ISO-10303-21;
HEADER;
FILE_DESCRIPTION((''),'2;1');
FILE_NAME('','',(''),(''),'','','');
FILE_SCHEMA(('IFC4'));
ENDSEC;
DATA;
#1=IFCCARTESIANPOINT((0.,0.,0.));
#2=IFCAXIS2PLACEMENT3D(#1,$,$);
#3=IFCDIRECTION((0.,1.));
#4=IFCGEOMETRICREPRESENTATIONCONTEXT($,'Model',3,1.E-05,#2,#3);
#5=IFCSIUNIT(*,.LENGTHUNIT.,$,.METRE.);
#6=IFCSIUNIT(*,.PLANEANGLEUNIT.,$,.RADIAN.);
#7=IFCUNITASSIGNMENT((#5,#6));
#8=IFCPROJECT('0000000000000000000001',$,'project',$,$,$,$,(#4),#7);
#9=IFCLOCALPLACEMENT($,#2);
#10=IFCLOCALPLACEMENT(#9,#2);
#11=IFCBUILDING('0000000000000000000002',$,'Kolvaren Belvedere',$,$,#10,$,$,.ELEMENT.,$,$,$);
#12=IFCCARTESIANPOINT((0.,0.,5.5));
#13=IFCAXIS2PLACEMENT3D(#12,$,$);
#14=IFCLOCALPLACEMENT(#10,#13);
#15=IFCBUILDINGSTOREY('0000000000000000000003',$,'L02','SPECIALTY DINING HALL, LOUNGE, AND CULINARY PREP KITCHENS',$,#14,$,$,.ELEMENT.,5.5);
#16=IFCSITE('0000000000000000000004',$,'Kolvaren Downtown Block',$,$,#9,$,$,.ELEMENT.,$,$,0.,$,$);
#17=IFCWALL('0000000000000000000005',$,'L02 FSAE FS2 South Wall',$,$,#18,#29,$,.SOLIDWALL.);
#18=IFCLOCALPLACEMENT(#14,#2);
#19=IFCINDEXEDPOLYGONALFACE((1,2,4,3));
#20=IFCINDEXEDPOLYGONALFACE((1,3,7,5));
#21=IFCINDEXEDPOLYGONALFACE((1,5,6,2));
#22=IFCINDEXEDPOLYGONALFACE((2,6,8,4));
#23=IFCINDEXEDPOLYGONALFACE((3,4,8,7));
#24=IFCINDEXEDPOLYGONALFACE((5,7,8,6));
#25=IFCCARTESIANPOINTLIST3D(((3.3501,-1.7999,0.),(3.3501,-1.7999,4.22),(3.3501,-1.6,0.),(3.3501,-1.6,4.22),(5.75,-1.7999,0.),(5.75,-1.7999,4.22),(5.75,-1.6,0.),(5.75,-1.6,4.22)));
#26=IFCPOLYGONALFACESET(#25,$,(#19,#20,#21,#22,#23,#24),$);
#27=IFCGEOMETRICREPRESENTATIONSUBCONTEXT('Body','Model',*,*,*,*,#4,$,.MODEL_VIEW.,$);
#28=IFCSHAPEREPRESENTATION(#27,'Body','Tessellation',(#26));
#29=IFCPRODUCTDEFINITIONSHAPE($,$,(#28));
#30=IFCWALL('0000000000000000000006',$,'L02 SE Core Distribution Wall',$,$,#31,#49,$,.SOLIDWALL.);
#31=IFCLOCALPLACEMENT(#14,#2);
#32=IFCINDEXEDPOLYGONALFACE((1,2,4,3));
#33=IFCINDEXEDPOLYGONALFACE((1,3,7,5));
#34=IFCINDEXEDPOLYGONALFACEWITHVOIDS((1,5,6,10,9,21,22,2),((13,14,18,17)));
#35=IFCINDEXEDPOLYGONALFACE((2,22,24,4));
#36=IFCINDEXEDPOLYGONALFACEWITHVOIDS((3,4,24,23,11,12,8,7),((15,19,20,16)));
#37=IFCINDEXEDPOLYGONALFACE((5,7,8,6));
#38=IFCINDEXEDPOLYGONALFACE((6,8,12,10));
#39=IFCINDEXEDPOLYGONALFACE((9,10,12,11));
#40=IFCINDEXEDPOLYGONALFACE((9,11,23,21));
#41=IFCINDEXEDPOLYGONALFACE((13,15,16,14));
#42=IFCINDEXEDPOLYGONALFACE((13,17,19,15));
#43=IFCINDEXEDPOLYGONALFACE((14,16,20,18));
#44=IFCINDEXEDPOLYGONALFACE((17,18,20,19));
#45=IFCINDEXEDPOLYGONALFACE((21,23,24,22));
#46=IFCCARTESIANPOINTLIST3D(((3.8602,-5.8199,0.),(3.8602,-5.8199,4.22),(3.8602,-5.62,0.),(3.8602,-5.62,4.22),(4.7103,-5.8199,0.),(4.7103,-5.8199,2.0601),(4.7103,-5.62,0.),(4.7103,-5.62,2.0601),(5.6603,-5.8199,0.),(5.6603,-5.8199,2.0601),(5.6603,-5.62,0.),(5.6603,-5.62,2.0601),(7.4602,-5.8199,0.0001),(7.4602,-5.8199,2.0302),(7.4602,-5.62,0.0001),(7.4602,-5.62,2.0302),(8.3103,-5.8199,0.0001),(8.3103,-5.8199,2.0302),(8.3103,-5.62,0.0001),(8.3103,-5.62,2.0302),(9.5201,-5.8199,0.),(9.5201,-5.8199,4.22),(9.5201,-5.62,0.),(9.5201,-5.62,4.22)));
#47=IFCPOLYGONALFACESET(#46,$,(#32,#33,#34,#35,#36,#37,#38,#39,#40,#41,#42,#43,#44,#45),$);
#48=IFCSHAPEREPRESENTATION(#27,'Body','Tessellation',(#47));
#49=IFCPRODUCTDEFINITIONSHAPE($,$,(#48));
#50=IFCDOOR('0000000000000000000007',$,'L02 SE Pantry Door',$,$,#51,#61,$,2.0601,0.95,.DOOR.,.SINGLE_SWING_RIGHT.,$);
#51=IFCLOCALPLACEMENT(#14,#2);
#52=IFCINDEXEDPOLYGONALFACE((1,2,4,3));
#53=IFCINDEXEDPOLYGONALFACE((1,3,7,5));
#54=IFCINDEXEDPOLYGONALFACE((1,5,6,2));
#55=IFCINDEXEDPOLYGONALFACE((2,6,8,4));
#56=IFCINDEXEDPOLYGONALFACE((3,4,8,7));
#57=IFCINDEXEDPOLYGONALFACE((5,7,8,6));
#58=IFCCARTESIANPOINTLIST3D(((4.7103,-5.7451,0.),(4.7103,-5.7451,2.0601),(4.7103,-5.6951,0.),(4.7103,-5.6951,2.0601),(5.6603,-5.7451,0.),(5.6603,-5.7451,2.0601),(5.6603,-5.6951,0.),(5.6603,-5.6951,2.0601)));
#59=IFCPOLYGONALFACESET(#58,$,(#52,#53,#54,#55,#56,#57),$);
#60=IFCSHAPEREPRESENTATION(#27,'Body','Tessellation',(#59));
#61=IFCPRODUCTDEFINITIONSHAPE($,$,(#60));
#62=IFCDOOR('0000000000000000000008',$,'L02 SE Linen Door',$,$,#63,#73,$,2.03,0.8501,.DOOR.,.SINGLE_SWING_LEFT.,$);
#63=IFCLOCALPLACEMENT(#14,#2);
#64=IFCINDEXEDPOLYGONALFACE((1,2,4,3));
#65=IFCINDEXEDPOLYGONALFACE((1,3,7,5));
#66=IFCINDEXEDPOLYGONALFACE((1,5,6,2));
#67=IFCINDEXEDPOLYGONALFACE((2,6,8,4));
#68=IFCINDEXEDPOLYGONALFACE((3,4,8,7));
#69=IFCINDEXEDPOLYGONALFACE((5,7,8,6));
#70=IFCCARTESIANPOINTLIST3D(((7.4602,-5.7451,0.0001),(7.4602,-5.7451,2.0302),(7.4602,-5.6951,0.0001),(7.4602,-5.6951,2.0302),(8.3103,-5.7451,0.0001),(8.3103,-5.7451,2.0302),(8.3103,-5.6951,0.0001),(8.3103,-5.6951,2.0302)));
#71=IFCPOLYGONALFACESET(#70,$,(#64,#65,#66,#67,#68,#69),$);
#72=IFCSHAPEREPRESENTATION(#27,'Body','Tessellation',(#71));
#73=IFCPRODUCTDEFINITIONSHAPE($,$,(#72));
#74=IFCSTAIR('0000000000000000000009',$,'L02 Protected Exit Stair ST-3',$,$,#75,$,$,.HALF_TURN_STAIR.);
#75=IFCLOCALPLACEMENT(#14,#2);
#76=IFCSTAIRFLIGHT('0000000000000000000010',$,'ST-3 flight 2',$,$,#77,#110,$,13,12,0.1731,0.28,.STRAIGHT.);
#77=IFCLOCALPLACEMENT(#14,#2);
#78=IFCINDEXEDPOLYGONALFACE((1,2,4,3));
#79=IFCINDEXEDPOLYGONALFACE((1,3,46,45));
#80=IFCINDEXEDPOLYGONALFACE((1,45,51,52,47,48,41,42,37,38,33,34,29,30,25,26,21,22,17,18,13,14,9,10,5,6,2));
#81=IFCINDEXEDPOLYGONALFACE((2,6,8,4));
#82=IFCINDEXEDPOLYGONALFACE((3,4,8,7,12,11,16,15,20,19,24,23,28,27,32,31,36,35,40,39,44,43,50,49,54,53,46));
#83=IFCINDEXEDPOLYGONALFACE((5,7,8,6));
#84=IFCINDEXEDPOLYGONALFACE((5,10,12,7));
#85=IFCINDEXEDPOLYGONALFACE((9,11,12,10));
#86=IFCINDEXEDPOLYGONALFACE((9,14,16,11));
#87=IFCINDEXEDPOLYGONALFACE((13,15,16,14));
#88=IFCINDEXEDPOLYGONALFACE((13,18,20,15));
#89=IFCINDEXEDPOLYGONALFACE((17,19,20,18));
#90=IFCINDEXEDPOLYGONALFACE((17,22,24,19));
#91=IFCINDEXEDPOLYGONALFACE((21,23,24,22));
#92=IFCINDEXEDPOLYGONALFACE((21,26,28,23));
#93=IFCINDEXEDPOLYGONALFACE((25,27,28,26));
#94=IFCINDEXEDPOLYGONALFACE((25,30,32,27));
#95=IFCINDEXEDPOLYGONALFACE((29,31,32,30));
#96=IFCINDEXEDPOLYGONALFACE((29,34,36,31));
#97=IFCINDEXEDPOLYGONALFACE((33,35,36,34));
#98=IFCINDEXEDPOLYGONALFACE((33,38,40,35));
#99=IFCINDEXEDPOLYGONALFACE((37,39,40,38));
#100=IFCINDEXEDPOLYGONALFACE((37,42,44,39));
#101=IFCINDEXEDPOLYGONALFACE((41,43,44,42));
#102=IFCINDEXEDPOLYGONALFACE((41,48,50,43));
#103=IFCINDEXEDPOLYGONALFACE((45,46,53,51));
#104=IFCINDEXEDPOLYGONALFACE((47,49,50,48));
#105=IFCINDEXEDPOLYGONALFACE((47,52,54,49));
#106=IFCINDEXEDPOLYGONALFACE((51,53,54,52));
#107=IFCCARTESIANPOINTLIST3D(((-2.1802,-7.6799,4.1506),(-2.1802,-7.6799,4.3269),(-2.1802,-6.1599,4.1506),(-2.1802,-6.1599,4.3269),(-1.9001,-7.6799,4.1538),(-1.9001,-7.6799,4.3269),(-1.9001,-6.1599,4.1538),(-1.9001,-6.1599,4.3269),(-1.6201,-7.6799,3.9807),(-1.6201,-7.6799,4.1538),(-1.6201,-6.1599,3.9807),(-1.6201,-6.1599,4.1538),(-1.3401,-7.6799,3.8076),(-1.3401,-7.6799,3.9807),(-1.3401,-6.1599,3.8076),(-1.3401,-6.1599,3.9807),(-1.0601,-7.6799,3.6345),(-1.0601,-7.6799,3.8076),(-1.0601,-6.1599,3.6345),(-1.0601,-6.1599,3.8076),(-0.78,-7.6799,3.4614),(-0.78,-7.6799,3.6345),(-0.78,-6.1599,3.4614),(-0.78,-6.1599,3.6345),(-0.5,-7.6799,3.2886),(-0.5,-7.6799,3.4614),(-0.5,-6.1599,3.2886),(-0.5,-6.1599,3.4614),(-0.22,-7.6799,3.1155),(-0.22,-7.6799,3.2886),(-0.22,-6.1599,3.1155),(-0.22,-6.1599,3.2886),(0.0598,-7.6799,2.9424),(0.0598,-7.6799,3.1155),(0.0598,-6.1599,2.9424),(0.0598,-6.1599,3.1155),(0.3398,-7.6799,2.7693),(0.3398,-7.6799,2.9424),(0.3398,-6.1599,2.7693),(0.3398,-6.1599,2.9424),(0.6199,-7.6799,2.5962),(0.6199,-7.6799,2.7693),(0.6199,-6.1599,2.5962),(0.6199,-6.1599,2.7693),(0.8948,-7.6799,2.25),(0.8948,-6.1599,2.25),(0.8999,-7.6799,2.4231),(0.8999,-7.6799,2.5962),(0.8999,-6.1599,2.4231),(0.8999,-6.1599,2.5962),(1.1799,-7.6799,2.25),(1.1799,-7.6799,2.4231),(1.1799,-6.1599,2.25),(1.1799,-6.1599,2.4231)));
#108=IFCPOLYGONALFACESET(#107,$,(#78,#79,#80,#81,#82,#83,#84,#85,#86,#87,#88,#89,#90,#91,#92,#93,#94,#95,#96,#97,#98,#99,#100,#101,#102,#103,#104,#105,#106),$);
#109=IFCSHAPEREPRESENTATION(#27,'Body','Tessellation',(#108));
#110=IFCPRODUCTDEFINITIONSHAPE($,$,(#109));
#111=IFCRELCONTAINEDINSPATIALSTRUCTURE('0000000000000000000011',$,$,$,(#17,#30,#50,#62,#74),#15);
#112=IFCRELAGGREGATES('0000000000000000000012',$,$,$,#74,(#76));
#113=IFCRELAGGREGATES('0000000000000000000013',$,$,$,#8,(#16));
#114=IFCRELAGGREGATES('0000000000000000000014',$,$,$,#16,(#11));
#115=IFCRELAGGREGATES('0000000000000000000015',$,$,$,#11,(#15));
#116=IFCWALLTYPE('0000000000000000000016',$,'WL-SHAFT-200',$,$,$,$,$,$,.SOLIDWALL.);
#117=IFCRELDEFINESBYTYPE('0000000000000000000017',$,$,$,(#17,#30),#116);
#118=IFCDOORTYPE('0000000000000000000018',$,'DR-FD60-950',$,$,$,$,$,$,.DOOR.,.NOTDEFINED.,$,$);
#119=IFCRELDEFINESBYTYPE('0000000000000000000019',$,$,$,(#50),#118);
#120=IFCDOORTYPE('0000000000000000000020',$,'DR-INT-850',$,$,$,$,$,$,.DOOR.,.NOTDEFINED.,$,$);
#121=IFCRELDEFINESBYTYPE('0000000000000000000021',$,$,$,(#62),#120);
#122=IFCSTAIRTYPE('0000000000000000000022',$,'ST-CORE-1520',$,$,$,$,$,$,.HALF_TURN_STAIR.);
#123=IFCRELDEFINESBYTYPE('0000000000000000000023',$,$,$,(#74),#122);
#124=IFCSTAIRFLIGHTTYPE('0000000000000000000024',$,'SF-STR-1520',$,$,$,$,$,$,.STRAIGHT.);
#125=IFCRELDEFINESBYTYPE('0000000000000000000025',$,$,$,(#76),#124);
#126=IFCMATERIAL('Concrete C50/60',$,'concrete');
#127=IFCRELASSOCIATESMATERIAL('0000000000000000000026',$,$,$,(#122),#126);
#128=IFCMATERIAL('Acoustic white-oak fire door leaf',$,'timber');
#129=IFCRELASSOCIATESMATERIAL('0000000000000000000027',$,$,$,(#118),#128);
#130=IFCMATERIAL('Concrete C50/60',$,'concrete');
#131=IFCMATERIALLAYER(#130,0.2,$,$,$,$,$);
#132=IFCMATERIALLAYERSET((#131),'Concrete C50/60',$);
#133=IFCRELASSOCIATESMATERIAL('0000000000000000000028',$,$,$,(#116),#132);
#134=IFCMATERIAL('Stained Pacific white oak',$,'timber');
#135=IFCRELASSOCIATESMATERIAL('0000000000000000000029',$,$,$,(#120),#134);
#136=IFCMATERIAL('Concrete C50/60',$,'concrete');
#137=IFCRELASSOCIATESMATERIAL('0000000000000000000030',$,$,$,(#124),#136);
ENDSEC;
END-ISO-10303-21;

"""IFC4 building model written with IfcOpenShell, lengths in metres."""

from ifc_helpers import new_model, si_unit, direction, frame, frame_2d, origin, place, context, subcontext, project, spatial, polyline, rectangle, outline, extrude, material, layer, layer_set, type_object, element, fill, aggregate, save


model = new_model("IFC4")

# Units and contexts
model_context = context("Model", 3, precision=1e-05, world=origin(), true_north=direction((0.0, 1.0)))
body_context = subcontext(model_context, "Body", "Model", "MODEL_VIEW")
ifc_project = project(units=[si_unit("LENGTHUNIT", "METRE"), si_unit("PLANEANGLEUNIT", "RADIAN")], contexts=[model_context])

# Site, building, storey
site_placement = place(None, origin())
site = spatial("IfcSite", under=ifc_project, at=site_placement, Name="Kolvaren Downtown Block", CompositionType="ELEMENT", RefElevation=0.0)
building_placement = place(site_placement, origin())
building = spatial("IfcBuilding", under=site, at=building_placement, Name="Kolvaren Belvedere", CompositionType="ELEMENT")
storey_placement = place(building_placement, frame((0.0, 0.0, 5.5)))
storey = spatial("IfcBuildingStorey", under=building, at=storey_placement, Name="L02", Description="SPECIALTY DINING HALL, LOUNGE, AND CULINARY PREP KITCHENS", CompositionType="ELEMENT", Elevation=5.5)

# Shared definitions
ifc_material_1 = material(Name="Concrete C50/60", Category="concrete")
stair_type = type_object("IfcStairType", Name="ST-CORE-1520", PredefinedType="HALF_TURN_STAIR", material=ifc_material_1)

# Shared definitions
ifc_material_2 = material(Name="Acoustic white-oak fire door leaf", Category="timber")
door_type_1 = type_object("IfcDoorType", Name="DR-FD60-950", OperationType="NOTDEFINED", PredefinedType="DOOR", material=ifc_material_2)
ifc_material_3 = material(Name="Concrete C50/60", Category="concrete")
ifc_layer_1 = layer(ifc_material_3, 0.2)
ifc_layer_set_1 = layer_set([ifc_layer_1], Name="Concrete C50/60")
wall_type_1 = type_object("IfcWallType", Name="WL-SHAFT-200", PredefinedType="SOLIDWALL", material=ifc_layer_set_1)

# Wall
wall_1_placement = place(storey_placement, frame((3.3501, -1.7, 0.0), z_axis=(0.0, 0.0, 1.0), x_axis=(1.0, 0.0, 0.0)))
element("IfcWall", 1, at=wall_1_placement, inside=storey, type_object=wall_type_1, Name="L02 FSAE FS2 South Wall", PredefinedType="SOLIDWALL", context=body_context, shape_type="SweptSolid", body=[
    extrude(rectangle(XDim=2.3999, YDim=0.2, at=frame_2d((1.2, 0.0))), origin(), (0.0, 0.0, 1.0), 4.22),
])

# Wall, openings, doors
wall_2_placement = place(storey_placement, frame((3.8601, -5.72, 0.0), z_axis=(0.0, 0.0, 1.0), x_axis=(1.0, 0.0, 0.0)))
wall_2 = element("IfcWall", 2, at=wall_2_placement, inside=storey, type_object=wall_type_1, Name="L02 SE Core Distribution Wall", PredefinedType="SOLIDWALL", context=body_context, shape_type="SweptSolid", body=[
    extrude(rectangle(XDim=5.6599, YDim=0.2, at=frame_2d((2.8301, 0.0))), origin(), (0.0, 0.0, 1.0), 4.22),
])
opening_1_placement = place(wall_2_placement, frame((0.8501, 0.0, 0.0)))
opening_1 = element("IfcOpeningElement", 3, at=opening_1_placement, cuts=wall_2, PredefinedType="OPENING", context=body_context, shape_type="SweptSolid", body=[
    extrude(rectangle(XDim=0.95, YDim=2.0601, at=frame_2d((0.4751, 1.03))), frame((0.0, 0.1099, 0.0), z_axis=(0.0, -1.0, 0.0), x_axis=(1.0, 0.0, 0.0)), (0.0, 0.0, 1.0), 0.22),
])
opening_2_placement = place(wall_2_placement, frame((3.6001, 0.0, 0.0)))
opening_2 = element("IfcOpeningElement", 4, at=opening_2_placement, cuts=wall_2, PredefinedType="OPENING", context=body_context, shape_type="SweptSolid", body=[
    extrude(rectangle(XDim=0.8501, YDim=2.03, at=frame_2d((0.425, 1.0151))), frame((0.0, 0.1099, 0.0), z_axis=(0.0, -1.0, 0.0), x_axis=(1.0, 0.0, 0.0)), (0.0, 0.0, 1.0), 0.22),
])
door_1_placement = place(opening_1_placement, origin())
door_1 = element("IfcDoor", 5, at=door_1_placement, inside=storey, type_object=door_type_1, Name="L02 SE Pantry Door", OperationType="SINGLE_SWING_RIGHT", OverallHeight=2.0601, OverallWidth=0.95, PredefinedType="DOOR", context=body_context, shape_type="SweptSolid", body=[
    extrude(rectangle(XDim=0.95, YDim=2.0601, at=frame_2d((0.4751, 1.03))), frame((0.0, 0.0249, 0.0), z_axis=(0.0, -1.0, 0.0), x_axis=(1.0, 0.0, 0.0)), (0.0, 0.0, 1.0), 0.05),
])
fill(opening_1, door_1)
ifc_material_4 = material(Name="Stained Pacific white oak", Category="timber")
door_type_2 = type_object("IfcDoorType", Name="DR-INT-850", OperationType="NOTDEFINED", PredefinedType="DOOR", material=ifc_material_4)
door_2_placement = place(opening_2_placement, origin())
door_2 = element("IfcDoor", 6, at=door_2_placement, inside=storey, type_object=door_type_2, Name="L02 SE Linen Door", OperationType="SINGLE_SWING_LEFT", OverallHeight=2.03, OverallWidth=0.8501, PredefinedType="DOOR", context=body_context, shape_type="SweptSolid", body=[
    extrude(rectangle(XDim=0.8501, YDim=2.03, at=frame_2d((0.425, 1.0151))), frame((0.0, 0.0249, 0.0), z_axis=(0.0, -1.0, 0.0), x_axis=(1.0, 0.0, 0.0)), (0.0, 0.0, 1.0), 0.05),
])
fill(opening_2, door_2)

# Stair, stair flight
stair_1_placement = place(storey_placement, origin())
stair_1 = element("IfcStair", 7, at=stair_1_placement, inside=storey, type_object=stair_type, Name="L02 Protected Exit Stair ST-3", PredefinedType="HALF_TURN_STAIR")
ifc_material_5 = material(Name="Concrete C50/60", Category="concrete")
stair_flight_type = type_object("IfcStairFlightType", Name="SF-STR-1520", PredefinedType="STRAIGHT", material=ifc_material_5)
stair_flight_placement = place(storey_placement, frame((1.1799, -6.9199, 2.25), z_axis=(0.0, 0.0, 1.0), x_axis=(-1.0, 0.0, 0.0)))
stair_flight = element("IfcStairFlight", 8, at=stair_flight_placement, type_object=stair_flight_type, Name="ST-3 flight 2", NumberOfRisers=13, NumberOfTreads=12, PredefinedType="STRAIGHT", RiserHeight=0.1731, TreadLength=0.28, context=body_context, shape_type="SweptSolid", body=[
    extrude(outline(polyline([(0.0, 0.0), (0.0, 0.1731), (0.28, 0.1731), (0.28, 0.3462), (0.5601, 0.3462), (0.5601, 0.5193), (0.8401, 0.5193), (0.8401, 0.6924), (1.1201, 0.6924), (1.1201, 0.8655), (1.3999, 0.8655), (1.3999, 1.0386), (1.6799, 1.0386), (1.6799, 1.2114), (1.96, 1.2114), (1.96, 1.3845), (2.24, 1.3845), (2.24, 1.5576), (2.52, 1.5576), (2.52, 1.7307), (2.8, 1.7307), (2.8, 1.9038), (3.0801, 1.9038), (3.0801, 2.0769), (3.3601, 2.0769), (3.3601, 2.25), (3.3601, 1.9006), (0.2852, 0.0), (0.0, 0.0)])), frame((0.0, 0.76, 0.0), z_axis=(0.0, -1.0, 0.0), x_axis=(1.0, 0.0, 0.0)), (0.0, 0.0, 1.0), 1.52),
])
aggregate(stair_1, [stair_flight])

save(model, "model.ifc")
